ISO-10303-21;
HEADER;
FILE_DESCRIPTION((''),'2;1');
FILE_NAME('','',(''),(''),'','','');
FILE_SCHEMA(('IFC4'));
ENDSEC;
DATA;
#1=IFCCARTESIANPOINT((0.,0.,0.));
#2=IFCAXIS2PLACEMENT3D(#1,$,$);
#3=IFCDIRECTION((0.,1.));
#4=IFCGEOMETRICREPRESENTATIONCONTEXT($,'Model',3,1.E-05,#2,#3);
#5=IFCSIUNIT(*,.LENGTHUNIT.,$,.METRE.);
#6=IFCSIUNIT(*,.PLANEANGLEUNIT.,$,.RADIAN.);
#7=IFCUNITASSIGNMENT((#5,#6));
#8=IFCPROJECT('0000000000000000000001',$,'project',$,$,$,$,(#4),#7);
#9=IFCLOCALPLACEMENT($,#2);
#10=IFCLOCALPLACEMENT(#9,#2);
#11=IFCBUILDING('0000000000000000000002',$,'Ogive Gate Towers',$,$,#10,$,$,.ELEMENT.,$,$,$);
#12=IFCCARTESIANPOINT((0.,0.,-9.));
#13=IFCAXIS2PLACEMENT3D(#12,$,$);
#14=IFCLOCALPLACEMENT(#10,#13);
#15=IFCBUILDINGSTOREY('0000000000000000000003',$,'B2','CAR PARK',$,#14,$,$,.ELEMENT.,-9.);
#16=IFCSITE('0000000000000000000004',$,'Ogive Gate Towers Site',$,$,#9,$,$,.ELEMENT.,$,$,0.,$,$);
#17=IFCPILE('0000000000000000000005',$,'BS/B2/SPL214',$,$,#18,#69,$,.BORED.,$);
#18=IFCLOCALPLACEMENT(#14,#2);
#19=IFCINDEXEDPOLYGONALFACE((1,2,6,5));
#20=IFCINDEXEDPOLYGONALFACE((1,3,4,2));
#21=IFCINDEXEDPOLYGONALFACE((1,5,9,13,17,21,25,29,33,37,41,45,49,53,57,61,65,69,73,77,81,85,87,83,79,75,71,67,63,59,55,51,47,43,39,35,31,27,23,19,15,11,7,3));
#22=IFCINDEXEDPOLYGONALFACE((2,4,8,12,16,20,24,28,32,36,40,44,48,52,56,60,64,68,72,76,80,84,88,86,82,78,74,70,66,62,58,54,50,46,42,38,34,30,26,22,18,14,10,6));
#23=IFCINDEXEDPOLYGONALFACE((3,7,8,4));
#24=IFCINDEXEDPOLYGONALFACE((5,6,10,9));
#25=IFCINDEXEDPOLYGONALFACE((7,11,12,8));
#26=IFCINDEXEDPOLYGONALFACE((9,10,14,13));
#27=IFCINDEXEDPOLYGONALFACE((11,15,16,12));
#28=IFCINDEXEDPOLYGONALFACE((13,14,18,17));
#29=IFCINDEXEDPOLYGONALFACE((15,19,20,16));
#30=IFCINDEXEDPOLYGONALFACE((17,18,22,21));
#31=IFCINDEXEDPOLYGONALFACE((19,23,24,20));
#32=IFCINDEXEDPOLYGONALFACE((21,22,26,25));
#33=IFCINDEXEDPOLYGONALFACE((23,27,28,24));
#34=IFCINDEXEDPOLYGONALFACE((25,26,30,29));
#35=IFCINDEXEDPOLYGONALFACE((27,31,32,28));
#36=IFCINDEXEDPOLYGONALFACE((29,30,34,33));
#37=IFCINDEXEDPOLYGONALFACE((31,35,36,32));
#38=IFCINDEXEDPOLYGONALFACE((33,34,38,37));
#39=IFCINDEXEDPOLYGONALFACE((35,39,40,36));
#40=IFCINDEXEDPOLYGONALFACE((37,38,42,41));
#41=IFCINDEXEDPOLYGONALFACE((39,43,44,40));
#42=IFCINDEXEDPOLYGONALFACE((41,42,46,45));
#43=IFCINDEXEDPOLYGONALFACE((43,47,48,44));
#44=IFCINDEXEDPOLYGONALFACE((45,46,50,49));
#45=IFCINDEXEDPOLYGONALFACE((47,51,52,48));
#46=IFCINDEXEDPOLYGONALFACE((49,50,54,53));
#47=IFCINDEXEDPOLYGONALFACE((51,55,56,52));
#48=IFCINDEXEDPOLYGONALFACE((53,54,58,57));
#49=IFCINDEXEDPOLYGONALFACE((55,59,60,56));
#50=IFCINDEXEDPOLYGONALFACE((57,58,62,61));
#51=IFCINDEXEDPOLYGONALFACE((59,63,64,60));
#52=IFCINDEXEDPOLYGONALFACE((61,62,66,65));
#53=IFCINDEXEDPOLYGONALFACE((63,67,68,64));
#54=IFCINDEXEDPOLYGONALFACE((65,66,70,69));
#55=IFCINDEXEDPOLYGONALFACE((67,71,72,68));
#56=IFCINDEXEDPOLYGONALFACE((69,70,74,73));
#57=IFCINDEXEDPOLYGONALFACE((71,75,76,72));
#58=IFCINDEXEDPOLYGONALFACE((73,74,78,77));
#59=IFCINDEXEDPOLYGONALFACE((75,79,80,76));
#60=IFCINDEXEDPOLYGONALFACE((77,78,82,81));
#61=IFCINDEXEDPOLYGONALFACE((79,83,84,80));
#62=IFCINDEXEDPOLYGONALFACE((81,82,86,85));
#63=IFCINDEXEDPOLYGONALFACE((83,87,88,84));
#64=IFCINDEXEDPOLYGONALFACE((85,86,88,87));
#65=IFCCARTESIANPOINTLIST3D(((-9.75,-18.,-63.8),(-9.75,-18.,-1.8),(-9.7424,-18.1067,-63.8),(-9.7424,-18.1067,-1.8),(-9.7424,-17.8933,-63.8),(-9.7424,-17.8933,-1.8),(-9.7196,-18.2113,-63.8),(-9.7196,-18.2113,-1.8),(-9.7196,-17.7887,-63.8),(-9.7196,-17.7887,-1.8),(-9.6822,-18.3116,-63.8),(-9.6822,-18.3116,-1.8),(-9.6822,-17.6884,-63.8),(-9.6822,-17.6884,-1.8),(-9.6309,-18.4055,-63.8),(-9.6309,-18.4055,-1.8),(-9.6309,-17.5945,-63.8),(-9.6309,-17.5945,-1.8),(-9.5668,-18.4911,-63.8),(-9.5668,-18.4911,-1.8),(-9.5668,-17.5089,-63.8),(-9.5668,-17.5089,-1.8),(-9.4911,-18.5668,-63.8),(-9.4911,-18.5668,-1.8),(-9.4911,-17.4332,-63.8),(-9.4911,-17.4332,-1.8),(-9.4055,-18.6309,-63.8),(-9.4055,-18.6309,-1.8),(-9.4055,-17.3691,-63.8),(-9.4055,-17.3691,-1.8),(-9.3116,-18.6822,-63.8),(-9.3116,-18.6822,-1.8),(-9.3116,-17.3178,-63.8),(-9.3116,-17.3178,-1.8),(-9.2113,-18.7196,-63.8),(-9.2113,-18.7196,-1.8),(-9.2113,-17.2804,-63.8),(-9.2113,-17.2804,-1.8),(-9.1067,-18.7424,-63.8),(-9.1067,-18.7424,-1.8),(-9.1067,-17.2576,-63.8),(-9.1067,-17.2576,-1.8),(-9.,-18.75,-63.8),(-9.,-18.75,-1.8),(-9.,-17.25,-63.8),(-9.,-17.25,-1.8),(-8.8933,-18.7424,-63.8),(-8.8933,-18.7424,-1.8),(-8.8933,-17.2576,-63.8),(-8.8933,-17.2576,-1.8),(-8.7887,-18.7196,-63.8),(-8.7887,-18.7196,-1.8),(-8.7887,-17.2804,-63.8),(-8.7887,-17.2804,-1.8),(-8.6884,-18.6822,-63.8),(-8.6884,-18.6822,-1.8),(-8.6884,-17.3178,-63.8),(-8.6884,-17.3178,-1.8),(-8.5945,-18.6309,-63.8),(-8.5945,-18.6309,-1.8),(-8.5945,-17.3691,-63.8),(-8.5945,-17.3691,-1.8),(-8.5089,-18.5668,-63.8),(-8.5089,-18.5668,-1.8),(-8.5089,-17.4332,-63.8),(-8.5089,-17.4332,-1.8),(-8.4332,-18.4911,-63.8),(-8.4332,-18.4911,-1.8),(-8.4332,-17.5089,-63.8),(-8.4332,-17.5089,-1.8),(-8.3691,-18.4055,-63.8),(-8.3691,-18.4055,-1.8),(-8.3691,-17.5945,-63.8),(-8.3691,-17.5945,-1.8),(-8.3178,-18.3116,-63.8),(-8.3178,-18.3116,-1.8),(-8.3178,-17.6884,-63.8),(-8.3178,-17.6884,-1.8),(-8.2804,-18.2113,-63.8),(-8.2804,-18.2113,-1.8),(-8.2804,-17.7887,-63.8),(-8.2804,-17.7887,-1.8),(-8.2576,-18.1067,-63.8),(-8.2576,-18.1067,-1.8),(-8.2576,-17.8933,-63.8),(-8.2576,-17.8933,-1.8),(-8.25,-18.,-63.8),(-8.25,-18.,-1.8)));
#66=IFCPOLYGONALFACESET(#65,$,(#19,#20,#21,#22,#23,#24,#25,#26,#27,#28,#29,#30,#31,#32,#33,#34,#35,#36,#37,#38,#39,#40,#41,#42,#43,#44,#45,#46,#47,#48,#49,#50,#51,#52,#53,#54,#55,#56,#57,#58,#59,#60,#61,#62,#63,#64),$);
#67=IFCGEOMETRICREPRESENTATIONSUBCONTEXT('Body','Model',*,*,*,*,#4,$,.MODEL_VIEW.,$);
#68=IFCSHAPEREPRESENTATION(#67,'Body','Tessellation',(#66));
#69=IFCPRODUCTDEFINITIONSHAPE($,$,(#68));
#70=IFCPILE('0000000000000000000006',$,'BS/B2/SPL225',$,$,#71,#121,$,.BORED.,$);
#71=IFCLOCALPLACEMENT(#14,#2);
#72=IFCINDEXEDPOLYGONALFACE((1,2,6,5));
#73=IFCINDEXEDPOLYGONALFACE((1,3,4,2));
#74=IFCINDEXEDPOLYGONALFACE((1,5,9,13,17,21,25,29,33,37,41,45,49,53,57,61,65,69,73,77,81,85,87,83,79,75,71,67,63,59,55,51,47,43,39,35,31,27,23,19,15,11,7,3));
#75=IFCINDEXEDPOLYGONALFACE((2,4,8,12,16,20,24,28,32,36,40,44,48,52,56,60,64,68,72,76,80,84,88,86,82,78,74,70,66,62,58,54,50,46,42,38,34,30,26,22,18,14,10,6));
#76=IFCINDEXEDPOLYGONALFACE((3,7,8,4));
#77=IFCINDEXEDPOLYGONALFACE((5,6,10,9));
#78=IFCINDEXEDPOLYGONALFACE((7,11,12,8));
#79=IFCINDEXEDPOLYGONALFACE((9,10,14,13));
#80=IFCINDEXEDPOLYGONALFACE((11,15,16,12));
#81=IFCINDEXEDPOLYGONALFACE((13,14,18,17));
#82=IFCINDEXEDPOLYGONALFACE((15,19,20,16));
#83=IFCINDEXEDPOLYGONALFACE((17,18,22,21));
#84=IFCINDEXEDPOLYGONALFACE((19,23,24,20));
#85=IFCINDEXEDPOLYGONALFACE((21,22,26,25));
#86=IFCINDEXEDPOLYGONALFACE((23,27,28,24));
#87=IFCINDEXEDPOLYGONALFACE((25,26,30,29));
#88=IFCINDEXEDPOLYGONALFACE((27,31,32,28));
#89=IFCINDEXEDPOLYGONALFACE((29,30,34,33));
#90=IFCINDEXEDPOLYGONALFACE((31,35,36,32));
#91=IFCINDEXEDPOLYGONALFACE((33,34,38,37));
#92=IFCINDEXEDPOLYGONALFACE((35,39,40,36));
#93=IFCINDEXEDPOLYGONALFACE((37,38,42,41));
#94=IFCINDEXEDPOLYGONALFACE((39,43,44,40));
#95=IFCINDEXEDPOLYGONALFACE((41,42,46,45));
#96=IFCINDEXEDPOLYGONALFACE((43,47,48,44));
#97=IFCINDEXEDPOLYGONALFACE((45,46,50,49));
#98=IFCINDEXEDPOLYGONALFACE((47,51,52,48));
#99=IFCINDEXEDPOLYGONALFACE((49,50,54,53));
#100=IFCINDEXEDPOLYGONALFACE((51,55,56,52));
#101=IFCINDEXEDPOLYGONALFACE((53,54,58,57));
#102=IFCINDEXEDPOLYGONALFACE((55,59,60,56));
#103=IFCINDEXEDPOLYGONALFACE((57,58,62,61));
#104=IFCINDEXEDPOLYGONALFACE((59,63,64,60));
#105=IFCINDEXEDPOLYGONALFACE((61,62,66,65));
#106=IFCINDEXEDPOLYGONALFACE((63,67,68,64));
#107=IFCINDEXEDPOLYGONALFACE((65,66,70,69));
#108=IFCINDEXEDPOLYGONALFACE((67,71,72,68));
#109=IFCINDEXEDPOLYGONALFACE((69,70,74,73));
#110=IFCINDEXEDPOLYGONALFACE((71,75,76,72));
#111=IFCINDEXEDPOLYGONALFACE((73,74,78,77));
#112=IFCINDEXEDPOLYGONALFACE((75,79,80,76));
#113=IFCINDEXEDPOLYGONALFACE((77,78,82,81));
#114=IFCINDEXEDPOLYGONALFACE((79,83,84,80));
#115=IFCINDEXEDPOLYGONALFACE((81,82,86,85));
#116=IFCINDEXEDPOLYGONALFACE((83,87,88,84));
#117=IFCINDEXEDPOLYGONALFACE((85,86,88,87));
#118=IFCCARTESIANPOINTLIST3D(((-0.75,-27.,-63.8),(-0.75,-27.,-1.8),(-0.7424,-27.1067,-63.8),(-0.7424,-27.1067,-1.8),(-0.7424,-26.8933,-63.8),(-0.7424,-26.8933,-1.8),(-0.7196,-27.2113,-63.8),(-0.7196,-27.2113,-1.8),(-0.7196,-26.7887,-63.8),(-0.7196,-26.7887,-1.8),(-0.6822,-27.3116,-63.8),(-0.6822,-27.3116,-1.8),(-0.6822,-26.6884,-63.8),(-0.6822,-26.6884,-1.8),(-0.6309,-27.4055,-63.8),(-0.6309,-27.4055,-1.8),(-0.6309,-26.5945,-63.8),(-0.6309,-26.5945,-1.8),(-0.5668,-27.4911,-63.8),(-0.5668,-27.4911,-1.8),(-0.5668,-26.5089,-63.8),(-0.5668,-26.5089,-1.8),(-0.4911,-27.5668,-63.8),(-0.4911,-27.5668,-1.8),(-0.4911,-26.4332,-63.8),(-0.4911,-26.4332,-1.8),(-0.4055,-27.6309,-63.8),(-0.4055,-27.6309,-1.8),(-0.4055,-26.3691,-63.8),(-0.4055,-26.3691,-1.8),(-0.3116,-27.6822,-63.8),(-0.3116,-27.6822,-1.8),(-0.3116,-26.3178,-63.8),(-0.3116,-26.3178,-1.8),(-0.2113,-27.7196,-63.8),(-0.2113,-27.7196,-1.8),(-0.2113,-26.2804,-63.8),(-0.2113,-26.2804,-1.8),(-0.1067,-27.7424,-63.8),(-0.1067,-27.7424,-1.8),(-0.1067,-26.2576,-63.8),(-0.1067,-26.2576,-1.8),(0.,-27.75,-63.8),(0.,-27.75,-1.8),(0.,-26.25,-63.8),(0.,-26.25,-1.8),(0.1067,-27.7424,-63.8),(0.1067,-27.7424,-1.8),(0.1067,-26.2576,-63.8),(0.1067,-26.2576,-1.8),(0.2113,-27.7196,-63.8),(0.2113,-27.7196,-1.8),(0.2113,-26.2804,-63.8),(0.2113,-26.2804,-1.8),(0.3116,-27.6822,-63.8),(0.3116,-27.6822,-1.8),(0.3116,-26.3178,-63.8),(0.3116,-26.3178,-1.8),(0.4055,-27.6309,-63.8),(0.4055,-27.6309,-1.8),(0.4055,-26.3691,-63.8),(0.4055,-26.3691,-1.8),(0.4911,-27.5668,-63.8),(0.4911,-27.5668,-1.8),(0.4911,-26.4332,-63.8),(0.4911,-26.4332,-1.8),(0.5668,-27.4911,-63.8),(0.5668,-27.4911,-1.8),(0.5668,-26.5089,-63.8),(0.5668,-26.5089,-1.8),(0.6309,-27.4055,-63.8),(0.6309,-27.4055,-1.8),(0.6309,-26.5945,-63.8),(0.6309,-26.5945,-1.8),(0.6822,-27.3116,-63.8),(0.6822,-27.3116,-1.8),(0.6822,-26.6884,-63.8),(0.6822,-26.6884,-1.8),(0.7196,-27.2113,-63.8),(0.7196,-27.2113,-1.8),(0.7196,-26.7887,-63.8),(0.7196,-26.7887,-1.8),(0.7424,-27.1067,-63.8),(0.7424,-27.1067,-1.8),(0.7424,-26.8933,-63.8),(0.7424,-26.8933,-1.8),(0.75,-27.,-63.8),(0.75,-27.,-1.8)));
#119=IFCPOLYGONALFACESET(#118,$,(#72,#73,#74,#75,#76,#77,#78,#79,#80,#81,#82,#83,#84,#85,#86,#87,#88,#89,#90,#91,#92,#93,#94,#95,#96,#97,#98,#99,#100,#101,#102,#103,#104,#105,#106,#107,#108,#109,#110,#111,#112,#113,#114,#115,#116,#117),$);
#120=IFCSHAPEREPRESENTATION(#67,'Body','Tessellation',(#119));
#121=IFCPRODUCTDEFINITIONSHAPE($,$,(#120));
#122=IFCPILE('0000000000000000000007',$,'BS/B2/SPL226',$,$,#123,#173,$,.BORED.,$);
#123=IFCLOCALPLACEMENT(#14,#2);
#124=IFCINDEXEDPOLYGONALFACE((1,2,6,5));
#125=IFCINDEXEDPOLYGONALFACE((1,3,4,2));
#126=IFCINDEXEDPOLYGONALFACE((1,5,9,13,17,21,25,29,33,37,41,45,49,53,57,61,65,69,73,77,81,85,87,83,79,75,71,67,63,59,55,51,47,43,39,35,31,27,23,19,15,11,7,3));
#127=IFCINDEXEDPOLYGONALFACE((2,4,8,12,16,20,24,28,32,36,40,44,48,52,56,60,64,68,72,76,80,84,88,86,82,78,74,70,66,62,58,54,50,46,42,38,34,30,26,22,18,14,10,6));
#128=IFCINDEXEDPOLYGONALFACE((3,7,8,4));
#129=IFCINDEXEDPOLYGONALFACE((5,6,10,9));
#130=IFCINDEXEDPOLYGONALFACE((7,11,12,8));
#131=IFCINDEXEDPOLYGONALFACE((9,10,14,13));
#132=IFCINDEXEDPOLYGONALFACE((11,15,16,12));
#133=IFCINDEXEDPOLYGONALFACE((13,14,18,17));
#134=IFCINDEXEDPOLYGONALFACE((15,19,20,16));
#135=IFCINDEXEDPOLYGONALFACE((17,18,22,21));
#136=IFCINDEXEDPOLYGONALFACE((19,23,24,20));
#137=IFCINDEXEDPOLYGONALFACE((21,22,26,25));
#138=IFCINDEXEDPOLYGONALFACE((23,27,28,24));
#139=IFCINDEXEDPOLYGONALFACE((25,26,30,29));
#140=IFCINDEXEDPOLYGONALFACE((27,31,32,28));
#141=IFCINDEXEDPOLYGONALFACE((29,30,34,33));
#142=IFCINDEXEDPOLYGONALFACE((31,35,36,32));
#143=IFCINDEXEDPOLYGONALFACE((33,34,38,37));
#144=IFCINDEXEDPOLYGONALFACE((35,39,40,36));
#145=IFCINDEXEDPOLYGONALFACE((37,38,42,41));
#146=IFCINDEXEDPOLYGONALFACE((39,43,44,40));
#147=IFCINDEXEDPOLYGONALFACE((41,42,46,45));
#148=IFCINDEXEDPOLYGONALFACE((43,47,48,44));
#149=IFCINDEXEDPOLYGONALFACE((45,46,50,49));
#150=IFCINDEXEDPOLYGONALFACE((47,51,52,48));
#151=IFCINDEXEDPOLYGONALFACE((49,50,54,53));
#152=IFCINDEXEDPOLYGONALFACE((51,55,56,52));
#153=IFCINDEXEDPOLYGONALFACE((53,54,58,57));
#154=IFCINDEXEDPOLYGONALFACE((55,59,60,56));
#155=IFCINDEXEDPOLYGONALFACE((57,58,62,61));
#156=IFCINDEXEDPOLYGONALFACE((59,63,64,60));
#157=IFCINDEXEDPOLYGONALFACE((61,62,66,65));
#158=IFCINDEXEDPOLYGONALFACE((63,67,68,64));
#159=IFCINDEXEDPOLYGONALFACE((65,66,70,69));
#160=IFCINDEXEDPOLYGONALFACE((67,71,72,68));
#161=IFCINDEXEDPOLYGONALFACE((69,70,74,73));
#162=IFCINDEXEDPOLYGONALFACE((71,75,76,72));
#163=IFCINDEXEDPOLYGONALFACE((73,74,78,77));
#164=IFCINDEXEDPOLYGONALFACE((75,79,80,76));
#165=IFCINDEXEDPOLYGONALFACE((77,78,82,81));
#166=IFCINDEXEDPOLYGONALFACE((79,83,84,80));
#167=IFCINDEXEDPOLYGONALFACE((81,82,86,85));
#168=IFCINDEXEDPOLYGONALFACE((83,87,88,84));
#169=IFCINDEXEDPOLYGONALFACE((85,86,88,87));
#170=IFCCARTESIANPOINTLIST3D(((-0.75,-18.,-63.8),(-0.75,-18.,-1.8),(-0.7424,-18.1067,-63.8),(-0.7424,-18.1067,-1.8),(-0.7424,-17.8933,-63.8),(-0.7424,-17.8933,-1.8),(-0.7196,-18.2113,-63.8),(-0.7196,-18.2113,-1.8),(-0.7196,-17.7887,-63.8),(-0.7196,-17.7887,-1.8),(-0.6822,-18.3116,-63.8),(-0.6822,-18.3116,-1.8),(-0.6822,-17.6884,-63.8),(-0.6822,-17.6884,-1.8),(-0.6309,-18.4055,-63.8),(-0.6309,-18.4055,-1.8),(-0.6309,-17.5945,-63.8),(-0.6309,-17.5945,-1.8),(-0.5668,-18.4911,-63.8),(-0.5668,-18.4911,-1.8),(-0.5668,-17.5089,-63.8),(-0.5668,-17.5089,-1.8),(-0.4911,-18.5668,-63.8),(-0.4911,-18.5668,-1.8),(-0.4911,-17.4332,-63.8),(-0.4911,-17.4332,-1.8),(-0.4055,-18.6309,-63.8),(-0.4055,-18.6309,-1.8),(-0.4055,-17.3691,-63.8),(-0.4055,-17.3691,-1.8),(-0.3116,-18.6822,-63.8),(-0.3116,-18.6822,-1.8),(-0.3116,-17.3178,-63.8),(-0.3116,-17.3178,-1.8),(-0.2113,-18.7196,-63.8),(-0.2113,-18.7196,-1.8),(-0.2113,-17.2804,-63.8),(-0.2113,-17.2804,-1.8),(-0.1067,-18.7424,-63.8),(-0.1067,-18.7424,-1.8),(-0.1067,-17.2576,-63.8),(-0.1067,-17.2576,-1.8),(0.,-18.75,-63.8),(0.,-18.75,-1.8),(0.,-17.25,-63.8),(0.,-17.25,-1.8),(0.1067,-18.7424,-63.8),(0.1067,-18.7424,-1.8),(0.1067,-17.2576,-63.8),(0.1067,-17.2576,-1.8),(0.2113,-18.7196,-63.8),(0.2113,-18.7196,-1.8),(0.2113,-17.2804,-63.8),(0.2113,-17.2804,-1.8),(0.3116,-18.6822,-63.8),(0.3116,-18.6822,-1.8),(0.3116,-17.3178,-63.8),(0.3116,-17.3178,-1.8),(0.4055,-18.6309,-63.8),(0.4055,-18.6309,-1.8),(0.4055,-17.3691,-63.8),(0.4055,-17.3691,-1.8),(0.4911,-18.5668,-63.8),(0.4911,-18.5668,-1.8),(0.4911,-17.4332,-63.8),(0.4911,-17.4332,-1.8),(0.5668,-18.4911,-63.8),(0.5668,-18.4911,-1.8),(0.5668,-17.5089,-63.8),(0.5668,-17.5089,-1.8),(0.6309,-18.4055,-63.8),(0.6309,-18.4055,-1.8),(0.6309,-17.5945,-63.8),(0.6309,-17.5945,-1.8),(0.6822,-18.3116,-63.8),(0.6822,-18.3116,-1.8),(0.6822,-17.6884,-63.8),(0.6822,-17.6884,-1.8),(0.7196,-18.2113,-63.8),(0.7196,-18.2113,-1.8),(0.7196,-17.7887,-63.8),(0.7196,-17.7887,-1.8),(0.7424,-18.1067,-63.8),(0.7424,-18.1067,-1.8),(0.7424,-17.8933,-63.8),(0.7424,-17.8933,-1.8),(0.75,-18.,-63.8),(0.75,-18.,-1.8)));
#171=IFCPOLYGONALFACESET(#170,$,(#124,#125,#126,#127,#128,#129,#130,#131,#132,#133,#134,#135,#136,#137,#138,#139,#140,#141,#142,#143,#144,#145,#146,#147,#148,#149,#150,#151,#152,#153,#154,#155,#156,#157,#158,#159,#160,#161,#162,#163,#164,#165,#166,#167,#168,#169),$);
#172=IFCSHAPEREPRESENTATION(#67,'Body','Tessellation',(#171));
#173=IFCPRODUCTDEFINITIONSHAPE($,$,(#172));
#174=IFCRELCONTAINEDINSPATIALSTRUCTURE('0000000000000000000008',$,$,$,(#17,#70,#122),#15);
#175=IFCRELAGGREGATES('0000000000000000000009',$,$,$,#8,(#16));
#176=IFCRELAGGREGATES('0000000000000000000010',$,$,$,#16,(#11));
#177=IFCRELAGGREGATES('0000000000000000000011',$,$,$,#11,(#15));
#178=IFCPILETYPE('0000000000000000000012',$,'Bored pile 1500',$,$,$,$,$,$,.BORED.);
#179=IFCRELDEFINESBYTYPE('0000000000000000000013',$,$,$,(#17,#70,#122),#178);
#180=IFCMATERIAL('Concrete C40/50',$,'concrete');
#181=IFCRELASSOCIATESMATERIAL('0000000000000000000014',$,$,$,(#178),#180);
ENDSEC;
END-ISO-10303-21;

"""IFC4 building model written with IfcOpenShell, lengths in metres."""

from ifc_helpers import new_model, si_unit, direction, frame, origin, origin_2d, place, context, subcontext, project, spatial, circle, extrude, material, material_profile, profile_set, type_object, element, save


model = new_model("IFC4")

# Units and contexts
model_context = context("Model", 3, precision=1e-05, world=origin(), true_north=direction((0.0, 1.0)))
body_context = subcontext(model_context, "Body", "Model", "MODEL_VIEW")
ifc_project = project(units=[si_unit("LENGTHUNIT", "METRE"), si_unit("PLANEANGLEUNIT", "RADIAN")], contexts=[model_context])

# Site, building, storey
site_placement = place(None, origin())
site = spatial("IfcSite", under=ifc_project, at=site_placement, Name="Ogive Gate Towers Site", CompositionType="ELEMENT", RefElevation=0.0)
building_placement = place(site_placement, origin())
building = spatial("IfcBuilding", under=site, at=building_placement, Name="Ogive Gate Towers", CompositionType="ELEMENT")
storey_placement = place(building_placement, frame((0.0, 0.0, -9.0)))
storey = spatial("IfcBuildingStorey", under=building, at=storey_placement, Name="B2", Description="CAR PARK", CompositionType="ELEMENT", Elevation=-9.0)

# Shared definitions
ifc_material_1 = material(Name="Concrete C40/50", Category="concrete")

# Piles
ifc_material_profile_1 = material_profile(ifc_material_1, circle(Radius=0.75, at=origin_2d()), Name="BP 1500")
ifc_profile_set_1 = profile_set([ifc_material_profile_1], Name="Concrete C40/50")
pile_type = type_object("IfcPileType", Name="Bored pile 1500", PredefinedType="BORED", material=ifc_profile_set_1)
for number, where, z_axis, x_axis, name in (
    (1, (-9.0, -18.0, -1.8), (0.0, 0.0, -1.0), (1.0, 0.0, 0.0), "BS/B2/SPL214"),
    (2, (0.0, -27.0, -1.8), (0.0, 0.0, -1.0), (1.0, 0.0, 0.0), "BS/B2/SPL225"),
    (3, (0.0, -18.0, -1.8), (0.0, 0.0, -1.0), (1.0, 0.0, 0.0), "BS/B2/SPL226"),
):
    element("IfcPile", number, at=place(storey_placement, frame(where, z_axis=z_axis, x_axis=x_axis)), inside=storey, type_object=pile_type, Name=name, PredefinedType="BORED", context=body_context, shape_type="SweptSolid", body=[
        extrude(circle(Radius=0.75, at=origin_2d()), origin(), (0.0, 0.0, 1.0), 62.0),
    ])

save(model, "model.ifc")
